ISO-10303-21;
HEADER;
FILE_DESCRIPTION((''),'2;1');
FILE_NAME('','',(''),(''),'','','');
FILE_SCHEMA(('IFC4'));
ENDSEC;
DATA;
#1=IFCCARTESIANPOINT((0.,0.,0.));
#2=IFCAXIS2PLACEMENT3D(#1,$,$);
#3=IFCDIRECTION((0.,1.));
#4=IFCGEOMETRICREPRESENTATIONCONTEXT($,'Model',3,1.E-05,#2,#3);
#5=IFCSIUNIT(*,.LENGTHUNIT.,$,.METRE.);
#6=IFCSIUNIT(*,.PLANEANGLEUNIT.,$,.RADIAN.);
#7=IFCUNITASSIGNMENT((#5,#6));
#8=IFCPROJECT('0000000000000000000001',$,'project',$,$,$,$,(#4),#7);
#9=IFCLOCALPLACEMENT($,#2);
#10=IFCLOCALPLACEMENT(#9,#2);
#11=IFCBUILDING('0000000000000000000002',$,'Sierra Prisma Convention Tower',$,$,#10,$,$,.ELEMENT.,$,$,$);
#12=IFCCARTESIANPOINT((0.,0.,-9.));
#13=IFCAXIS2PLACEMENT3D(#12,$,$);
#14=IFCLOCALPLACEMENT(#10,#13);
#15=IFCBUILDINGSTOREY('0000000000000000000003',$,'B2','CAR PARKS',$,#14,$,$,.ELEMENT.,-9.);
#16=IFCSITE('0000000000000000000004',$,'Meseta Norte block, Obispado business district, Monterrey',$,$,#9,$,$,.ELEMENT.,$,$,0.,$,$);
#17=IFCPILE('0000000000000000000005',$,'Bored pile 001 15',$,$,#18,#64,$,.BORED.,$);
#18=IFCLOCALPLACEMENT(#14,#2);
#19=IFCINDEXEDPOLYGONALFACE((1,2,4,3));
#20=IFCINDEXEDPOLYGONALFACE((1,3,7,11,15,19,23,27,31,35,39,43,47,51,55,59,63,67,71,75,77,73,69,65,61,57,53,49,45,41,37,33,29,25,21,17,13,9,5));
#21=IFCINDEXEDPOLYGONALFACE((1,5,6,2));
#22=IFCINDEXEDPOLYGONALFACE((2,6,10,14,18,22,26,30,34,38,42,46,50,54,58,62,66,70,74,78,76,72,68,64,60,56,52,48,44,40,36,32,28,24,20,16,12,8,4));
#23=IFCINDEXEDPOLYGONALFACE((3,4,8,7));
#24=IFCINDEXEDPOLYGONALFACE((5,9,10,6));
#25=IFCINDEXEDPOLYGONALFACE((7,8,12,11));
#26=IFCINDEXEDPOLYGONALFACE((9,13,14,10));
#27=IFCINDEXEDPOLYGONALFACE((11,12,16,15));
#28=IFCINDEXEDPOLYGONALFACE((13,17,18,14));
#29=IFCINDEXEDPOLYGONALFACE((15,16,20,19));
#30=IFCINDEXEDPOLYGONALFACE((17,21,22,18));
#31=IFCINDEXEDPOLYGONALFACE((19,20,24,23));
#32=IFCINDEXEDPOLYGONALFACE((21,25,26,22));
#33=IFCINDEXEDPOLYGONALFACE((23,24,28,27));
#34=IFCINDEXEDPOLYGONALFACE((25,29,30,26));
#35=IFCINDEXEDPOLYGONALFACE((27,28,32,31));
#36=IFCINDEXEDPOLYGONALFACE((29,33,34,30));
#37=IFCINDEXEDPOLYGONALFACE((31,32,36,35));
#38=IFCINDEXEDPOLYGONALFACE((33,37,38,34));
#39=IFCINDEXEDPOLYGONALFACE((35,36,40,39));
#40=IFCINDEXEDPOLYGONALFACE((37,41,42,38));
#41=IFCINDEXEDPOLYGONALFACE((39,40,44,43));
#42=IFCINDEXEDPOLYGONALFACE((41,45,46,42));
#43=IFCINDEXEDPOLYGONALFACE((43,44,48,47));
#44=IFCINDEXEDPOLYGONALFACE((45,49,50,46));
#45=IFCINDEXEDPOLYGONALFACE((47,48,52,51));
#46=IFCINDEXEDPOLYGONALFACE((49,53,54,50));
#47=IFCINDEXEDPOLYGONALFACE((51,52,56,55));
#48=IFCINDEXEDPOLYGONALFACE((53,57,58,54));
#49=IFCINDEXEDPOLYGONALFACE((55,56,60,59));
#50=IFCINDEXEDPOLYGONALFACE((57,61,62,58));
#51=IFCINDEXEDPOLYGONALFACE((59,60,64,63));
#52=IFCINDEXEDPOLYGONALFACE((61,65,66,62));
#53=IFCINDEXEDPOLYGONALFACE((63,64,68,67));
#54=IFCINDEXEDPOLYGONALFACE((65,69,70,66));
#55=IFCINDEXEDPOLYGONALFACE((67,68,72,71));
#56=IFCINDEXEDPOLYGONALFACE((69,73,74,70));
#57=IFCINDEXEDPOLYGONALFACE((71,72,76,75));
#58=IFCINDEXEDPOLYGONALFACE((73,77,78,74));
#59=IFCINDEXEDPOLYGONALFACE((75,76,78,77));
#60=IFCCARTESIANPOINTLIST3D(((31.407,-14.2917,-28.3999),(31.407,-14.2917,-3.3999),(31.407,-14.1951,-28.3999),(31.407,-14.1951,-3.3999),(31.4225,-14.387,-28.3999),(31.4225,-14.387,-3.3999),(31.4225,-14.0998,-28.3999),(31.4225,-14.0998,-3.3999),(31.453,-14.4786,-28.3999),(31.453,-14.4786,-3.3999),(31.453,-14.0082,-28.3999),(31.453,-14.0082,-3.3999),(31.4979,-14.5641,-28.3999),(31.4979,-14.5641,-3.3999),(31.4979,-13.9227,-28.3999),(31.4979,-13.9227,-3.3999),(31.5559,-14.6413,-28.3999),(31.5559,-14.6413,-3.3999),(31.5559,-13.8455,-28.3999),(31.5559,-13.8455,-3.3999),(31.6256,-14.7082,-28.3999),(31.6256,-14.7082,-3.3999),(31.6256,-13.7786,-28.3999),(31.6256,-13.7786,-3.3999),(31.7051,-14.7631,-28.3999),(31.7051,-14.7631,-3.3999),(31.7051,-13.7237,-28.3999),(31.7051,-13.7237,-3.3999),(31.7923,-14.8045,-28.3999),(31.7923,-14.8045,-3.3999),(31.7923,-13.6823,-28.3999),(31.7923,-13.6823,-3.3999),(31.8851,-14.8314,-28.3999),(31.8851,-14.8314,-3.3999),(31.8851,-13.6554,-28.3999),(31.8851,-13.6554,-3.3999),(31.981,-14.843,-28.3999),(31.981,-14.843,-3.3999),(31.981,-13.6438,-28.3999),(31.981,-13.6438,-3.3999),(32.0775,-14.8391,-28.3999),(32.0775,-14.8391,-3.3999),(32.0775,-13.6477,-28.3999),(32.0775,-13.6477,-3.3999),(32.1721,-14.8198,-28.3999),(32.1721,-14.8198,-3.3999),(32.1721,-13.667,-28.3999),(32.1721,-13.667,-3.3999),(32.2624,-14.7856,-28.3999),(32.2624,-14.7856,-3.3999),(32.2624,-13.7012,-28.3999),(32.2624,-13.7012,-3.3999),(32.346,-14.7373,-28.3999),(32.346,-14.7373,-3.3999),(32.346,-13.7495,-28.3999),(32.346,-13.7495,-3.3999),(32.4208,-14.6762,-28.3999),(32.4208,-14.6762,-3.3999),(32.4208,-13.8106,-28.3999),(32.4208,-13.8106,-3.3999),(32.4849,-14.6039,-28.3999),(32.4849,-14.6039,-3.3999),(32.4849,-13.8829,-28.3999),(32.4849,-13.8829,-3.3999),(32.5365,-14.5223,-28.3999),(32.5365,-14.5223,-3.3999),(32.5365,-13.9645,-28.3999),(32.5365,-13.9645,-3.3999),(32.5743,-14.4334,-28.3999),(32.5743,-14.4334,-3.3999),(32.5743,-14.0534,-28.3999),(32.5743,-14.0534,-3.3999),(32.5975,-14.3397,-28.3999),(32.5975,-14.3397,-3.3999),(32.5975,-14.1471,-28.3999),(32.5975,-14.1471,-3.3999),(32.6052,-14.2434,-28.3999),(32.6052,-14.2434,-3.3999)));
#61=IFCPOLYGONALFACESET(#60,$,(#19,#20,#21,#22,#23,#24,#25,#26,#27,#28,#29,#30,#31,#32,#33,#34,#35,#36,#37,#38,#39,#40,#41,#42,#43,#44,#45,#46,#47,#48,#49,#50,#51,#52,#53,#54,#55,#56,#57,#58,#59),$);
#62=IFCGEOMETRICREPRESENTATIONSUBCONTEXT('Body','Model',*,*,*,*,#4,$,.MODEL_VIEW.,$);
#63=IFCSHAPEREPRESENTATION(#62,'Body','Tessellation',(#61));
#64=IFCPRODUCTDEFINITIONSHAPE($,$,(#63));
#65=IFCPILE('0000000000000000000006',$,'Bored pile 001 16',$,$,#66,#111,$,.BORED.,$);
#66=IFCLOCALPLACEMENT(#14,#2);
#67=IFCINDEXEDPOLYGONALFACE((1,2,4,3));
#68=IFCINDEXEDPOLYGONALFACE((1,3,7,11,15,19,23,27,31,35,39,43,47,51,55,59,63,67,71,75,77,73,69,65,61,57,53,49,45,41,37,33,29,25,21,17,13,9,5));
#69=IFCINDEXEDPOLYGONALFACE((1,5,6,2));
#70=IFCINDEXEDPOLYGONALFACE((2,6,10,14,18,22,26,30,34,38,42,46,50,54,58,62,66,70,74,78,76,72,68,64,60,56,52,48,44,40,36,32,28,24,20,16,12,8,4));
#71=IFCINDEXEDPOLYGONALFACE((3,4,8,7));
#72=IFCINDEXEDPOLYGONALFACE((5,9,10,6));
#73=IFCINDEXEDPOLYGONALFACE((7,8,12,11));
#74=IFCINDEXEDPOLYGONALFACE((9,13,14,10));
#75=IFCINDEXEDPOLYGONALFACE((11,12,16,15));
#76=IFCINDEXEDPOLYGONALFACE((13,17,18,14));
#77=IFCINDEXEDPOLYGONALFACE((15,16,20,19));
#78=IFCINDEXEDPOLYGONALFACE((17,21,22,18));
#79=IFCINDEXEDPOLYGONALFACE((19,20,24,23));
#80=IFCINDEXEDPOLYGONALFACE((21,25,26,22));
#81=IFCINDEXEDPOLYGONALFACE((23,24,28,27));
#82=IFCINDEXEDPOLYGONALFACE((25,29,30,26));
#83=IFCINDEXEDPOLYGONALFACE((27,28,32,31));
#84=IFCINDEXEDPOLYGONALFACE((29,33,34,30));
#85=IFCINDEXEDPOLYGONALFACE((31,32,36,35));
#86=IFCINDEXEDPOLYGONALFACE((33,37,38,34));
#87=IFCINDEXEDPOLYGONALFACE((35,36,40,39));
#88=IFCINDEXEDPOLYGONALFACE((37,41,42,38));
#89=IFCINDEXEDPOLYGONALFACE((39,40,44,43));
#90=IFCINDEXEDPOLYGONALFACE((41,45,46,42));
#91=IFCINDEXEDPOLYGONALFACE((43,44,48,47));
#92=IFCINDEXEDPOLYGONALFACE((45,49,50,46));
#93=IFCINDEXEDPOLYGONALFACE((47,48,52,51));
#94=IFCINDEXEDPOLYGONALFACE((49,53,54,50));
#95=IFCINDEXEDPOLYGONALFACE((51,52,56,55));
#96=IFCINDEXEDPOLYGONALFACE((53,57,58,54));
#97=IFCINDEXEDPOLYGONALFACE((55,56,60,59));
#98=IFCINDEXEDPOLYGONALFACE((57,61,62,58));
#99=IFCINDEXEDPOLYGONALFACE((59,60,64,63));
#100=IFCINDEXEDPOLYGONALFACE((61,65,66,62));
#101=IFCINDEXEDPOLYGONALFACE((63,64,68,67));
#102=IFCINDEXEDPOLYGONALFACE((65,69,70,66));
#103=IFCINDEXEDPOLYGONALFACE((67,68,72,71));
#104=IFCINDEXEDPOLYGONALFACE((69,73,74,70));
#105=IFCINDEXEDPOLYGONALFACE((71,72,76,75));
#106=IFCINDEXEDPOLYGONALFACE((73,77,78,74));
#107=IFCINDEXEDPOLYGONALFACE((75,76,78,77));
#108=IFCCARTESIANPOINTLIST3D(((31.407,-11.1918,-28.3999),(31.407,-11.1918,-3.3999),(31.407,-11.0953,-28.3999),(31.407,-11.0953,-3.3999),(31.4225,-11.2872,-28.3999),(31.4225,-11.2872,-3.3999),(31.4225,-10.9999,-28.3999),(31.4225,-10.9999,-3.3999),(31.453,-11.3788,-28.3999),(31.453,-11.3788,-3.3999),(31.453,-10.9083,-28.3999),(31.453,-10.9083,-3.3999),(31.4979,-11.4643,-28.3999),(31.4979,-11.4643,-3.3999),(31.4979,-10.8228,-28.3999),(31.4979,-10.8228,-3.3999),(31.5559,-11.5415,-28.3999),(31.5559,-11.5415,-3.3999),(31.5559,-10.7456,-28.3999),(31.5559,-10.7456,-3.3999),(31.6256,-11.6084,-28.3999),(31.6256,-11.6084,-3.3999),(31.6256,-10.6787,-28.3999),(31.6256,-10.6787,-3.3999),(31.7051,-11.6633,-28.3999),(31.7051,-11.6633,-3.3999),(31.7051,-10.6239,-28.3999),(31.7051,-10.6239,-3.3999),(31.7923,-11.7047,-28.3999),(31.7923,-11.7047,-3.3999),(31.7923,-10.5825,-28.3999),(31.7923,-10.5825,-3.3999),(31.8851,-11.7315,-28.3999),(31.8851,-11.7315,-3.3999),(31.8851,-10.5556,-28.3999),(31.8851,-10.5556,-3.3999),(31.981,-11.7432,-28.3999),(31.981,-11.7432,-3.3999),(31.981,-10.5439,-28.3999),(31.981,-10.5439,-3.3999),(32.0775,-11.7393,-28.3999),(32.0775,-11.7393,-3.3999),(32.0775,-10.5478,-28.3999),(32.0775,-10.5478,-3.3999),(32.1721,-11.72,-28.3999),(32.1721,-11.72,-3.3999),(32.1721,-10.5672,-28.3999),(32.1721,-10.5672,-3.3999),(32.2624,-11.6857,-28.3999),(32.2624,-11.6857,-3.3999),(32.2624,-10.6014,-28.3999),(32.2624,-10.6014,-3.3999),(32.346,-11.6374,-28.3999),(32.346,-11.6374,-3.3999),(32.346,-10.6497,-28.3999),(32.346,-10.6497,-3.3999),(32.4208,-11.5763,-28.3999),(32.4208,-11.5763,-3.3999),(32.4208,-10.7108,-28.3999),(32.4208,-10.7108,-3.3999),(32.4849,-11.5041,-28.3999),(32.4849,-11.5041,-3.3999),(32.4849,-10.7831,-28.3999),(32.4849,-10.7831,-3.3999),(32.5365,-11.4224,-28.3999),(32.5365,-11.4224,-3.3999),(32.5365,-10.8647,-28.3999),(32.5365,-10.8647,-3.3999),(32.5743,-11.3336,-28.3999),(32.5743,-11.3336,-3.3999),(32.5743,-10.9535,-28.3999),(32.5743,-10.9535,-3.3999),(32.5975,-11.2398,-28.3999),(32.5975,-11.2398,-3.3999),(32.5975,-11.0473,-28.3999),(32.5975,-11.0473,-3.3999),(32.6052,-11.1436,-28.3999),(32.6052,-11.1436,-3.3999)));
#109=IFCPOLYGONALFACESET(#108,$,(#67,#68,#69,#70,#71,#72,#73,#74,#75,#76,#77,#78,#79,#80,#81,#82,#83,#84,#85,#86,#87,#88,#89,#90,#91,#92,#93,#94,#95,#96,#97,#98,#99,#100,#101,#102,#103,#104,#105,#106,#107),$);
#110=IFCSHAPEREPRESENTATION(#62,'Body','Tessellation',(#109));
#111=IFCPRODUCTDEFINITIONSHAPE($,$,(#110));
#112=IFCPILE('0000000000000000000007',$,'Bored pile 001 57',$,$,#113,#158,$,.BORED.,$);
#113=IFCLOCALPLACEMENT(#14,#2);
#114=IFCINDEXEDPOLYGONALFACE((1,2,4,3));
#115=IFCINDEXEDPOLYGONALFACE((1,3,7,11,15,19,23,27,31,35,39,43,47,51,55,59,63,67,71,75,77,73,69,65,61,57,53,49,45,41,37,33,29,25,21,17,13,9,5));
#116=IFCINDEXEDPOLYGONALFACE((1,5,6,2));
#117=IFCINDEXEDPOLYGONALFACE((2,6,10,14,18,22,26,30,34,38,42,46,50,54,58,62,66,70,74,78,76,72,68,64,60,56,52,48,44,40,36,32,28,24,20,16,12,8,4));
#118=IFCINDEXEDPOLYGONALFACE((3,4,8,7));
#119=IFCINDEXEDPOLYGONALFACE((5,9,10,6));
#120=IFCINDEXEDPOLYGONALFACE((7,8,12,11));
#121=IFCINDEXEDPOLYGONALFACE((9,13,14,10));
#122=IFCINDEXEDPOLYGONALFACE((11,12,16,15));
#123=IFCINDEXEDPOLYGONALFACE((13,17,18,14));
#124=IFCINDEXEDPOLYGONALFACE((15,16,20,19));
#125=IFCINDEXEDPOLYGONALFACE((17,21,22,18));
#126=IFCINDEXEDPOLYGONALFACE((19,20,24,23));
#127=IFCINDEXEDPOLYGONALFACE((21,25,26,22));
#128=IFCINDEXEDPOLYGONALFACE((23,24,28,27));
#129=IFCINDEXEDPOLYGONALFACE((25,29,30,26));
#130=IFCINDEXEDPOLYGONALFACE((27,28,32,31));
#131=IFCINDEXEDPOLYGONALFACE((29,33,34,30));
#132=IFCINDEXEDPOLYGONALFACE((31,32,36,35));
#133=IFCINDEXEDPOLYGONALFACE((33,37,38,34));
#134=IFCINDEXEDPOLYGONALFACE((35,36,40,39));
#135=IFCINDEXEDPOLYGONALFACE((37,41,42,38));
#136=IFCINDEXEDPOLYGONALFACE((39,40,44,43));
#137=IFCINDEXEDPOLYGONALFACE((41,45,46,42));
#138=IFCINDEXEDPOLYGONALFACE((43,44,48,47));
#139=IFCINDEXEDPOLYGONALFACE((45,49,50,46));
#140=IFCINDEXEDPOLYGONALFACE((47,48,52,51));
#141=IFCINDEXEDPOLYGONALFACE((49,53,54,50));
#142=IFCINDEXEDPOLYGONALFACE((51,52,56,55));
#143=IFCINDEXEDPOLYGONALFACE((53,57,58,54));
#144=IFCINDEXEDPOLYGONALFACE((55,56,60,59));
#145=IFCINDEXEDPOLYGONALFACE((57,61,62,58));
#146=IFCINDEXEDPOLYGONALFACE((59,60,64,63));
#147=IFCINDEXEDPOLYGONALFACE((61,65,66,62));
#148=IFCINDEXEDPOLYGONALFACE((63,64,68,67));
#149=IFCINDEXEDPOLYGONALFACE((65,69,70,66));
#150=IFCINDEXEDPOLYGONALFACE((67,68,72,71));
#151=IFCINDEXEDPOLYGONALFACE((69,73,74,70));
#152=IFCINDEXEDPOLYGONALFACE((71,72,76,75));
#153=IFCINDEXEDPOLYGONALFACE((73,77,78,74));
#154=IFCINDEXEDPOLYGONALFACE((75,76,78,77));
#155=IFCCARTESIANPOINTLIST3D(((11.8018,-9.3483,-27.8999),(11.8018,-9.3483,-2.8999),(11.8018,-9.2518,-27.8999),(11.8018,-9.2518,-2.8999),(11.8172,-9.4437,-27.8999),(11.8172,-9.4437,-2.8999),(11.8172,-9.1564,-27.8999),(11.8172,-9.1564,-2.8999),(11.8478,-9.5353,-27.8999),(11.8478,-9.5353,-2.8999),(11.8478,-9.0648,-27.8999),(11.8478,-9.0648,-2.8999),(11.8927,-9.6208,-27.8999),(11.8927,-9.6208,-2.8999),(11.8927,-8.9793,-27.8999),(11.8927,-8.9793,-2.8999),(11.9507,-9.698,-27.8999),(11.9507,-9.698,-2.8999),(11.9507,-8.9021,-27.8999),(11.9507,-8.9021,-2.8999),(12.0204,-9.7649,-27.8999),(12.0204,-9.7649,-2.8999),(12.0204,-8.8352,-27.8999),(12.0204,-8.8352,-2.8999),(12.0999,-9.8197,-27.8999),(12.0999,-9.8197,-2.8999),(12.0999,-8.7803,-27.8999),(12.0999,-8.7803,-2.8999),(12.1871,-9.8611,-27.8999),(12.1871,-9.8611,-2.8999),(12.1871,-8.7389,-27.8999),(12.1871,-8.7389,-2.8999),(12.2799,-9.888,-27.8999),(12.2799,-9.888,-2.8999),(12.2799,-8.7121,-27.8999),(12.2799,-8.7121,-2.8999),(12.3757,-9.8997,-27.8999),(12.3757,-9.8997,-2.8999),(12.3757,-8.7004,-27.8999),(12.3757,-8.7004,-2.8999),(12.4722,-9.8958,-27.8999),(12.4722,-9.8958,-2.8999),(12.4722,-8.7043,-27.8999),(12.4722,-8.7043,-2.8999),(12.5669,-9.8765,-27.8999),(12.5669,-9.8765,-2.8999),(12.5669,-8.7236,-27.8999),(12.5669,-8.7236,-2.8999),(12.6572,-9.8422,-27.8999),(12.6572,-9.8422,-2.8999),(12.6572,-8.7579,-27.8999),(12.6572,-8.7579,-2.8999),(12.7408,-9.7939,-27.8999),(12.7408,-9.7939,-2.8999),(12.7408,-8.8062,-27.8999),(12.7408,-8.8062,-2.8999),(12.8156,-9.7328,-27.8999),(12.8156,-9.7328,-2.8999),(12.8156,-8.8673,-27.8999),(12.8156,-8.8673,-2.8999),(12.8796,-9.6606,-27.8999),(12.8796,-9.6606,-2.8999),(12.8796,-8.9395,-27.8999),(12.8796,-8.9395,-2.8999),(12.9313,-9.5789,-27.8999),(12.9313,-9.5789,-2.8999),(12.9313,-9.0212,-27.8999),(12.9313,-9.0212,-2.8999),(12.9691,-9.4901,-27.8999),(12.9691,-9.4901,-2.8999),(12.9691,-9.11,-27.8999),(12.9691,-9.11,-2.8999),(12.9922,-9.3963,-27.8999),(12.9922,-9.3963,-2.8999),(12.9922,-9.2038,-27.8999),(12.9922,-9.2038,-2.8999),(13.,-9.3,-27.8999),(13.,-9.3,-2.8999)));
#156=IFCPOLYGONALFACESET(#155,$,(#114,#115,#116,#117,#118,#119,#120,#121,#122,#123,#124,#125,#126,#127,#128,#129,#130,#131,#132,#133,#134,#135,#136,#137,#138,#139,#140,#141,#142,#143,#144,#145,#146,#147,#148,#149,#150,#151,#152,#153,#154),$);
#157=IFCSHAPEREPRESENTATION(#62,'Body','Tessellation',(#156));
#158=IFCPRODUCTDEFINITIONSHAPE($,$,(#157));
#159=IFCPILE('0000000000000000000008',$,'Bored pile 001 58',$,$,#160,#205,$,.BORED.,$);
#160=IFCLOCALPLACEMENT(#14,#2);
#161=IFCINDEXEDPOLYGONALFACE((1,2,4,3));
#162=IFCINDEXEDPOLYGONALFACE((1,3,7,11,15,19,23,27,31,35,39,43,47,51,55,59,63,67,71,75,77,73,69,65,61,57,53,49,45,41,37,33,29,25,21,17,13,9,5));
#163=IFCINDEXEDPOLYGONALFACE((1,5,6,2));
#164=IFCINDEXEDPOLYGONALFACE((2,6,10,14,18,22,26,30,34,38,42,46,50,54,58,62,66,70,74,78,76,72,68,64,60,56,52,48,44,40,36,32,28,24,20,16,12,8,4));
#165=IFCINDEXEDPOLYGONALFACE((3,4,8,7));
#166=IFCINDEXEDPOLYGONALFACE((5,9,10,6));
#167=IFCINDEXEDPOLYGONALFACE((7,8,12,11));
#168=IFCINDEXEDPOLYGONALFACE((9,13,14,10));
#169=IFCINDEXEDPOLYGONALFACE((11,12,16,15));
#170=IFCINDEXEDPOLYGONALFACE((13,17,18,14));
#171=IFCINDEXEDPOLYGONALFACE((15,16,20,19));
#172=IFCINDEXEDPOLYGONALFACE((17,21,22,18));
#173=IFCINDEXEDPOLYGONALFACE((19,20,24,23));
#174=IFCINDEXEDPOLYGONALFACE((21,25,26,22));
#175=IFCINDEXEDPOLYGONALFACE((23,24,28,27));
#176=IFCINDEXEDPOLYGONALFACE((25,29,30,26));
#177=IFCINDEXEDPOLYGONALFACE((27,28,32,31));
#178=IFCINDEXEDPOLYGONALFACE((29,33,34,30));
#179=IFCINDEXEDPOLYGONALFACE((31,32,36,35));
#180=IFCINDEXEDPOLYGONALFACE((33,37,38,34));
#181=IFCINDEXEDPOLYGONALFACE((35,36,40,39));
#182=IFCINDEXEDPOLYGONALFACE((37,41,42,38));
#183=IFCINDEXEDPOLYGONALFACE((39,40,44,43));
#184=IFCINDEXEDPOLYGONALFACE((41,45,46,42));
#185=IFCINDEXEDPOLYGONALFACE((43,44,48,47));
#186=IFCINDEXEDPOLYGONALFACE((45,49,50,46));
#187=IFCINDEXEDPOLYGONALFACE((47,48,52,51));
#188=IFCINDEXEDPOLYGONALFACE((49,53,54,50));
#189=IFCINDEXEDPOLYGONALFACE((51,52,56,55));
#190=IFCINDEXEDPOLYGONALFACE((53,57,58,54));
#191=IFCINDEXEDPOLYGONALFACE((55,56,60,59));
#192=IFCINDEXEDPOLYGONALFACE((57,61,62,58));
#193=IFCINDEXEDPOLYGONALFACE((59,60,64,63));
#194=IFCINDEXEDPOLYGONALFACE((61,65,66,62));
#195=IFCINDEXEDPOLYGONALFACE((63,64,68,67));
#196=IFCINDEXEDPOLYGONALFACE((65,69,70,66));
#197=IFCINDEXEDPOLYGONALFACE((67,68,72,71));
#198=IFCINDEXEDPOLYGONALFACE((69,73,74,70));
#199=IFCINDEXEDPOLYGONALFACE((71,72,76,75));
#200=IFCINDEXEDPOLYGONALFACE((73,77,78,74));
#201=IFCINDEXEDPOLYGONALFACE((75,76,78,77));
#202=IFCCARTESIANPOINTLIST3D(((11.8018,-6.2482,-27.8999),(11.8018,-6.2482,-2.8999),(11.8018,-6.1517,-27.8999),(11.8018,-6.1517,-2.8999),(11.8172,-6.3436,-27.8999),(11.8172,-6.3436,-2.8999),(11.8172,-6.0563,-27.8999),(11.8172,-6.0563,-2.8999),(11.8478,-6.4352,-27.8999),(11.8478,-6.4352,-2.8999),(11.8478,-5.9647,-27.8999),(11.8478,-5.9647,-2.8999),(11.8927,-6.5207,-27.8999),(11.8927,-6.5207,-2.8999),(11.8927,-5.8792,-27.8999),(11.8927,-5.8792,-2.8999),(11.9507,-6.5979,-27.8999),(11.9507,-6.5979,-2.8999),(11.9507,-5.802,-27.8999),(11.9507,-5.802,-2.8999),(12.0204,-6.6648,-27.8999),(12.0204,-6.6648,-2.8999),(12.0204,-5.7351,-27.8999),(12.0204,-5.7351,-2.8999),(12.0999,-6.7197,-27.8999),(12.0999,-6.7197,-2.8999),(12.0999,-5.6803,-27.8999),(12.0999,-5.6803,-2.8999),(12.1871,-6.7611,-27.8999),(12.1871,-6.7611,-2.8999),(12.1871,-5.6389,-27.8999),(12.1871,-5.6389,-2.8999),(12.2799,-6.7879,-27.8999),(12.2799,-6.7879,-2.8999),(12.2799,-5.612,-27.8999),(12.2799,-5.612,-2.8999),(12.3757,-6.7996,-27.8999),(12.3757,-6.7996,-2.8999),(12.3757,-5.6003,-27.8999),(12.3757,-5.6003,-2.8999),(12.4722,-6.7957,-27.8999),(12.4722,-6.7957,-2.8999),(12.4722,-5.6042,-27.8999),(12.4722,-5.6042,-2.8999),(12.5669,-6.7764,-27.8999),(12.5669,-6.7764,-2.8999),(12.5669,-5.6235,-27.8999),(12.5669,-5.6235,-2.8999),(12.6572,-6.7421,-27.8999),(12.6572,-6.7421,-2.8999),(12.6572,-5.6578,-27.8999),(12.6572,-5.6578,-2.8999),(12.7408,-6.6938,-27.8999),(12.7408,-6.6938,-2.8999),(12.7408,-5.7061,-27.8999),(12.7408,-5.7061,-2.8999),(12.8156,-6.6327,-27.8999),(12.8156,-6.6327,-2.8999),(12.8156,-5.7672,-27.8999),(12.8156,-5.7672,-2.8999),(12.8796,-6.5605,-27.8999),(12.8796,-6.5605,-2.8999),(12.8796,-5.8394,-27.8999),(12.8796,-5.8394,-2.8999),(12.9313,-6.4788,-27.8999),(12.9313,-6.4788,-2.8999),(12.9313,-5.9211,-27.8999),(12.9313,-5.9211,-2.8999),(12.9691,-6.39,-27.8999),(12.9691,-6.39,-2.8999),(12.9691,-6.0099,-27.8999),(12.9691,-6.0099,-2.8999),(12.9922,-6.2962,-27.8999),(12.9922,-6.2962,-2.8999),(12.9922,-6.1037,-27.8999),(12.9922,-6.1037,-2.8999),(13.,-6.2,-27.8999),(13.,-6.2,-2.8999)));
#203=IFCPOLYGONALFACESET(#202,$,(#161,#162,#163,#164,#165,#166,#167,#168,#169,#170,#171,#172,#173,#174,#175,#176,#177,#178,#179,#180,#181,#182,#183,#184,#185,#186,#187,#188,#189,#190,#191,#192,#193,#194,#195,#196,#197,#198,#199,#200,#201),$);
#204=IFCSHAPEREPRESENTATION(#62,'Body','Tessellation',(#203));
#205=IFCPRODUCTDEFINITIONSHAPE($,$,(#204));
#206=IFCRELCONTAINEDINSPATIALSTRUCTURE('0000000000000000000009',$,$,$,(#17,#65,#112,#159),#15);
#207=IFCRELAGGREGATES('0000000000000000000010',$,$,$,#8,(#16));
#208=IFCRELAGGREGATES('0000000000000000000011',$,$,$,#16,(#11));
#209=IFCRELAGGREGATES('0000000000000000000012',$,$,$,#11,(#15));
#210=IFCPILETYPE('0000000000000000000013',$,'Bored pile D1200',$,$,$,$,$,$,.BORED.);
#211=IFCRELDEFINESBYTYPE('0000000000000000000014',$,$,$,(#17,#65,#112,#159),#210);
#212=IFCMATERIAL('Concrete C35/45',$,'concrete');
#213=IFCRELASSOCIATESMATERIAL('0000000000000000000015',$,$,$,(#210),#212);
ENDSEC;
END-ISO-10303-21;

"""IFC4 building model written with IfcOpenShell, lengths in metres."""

from ifc_helpers import new_model, si_unit, direction, frame, origin, origin_2d, place, context, subcontext, project, spatial, circle, extrude, material, material_profile, profile_set, type_object, element, save


model = new_model("IFC4")

# Units and contexts
model_context = context("Model", 3, precision=1e-05, world=origin(), true_north=direction((0.0, 1.0)))
body_context = subcontext(model_context, "Body", "Model", "MODEL_VIEW")
ifc_project = project(units=[si_unit("LENGTHUNIT", "METRE"), si_unit("PLANEANGLEUNIT", "RADIAN")], contexts=[model_context])

# Site, building, storey
site_placement = place(None, origin())
site = spatial("IfcSite", under=ifc_project, at=site_placement, Name="Meseta Norte block, Obispado business district, Monterrey", CompositionType="ELEMENT", RefElevation=0.0)
building_placement = place(site_placement, origin())
building = spatial("IfcBuilding", under=site, at=building_placement, Name="Sierra Prisma Convention Tower", CompositionType="ELEMENT")
storey_placement = place(building_placement, frame((0.0, 0.0, -9.0)))
storey = spatial("IfcBuildingStorey", under=building, at=storey_placement, Name="B2", Description="CAR PARKS", CompositionType="ELEMENT", Elevation=-9.0)

# Piles
ifc_material_1 = material(Name="Concrete C35/45", Category="concrete")
ifc_material_profile_1 = material_profile(ifc_material_1, circle(Radius=0.6001, at=origin_2d()), Name="D1200")
ifc_profile_set_1 = profile_set([ifc_material_profile_1], Name="Concrete C35/45")
pile_type_1 = type_object("IfcPileType", Name="Bored pile D1200", PredefinedType="BORED", material=ifc_profile_set_1)
for number, where, z_axis, x_axis, name in (
    (1, (32.0051, -14.2434, -3.3999), (0.0, 0.0, -1.0), (1.0, 0.0, 0.0), "Bored pile 001 15"),
    (2, (32.0051, -11.1436, -3.3999), (0.0, 0.0, -1.0), (1.0, 0.0, 0.0), "Bored pile 001 16"),
    (3, (12.3999, -9.3, -2.8999), (0.0, 0.0, -1.0), (1.0, 0.0, 0.0), "Bored pile 001 57"),
    (4, (12.3999, -6.2, -2.8999), (0.0, 0.0, -1.0), (1.0, 0.0, 0.0), "Bored pile 001 58"),
):
    element("IfcPile", number, at=place(storey_placement, frame(where, z_axis=z_axis, x_axis=x_axis)), inside=storey, type_object=pile_type_1, Name=name, PredefinedType="BORED", context=body_context, shape_type="SweptSolid", body=[
        extrude(circle(Radius=0.6001, at=origin_2d()), origin(), (0.0, 0.0, 1.0), 25.0),
    ])

save(model, "model.ifc")
